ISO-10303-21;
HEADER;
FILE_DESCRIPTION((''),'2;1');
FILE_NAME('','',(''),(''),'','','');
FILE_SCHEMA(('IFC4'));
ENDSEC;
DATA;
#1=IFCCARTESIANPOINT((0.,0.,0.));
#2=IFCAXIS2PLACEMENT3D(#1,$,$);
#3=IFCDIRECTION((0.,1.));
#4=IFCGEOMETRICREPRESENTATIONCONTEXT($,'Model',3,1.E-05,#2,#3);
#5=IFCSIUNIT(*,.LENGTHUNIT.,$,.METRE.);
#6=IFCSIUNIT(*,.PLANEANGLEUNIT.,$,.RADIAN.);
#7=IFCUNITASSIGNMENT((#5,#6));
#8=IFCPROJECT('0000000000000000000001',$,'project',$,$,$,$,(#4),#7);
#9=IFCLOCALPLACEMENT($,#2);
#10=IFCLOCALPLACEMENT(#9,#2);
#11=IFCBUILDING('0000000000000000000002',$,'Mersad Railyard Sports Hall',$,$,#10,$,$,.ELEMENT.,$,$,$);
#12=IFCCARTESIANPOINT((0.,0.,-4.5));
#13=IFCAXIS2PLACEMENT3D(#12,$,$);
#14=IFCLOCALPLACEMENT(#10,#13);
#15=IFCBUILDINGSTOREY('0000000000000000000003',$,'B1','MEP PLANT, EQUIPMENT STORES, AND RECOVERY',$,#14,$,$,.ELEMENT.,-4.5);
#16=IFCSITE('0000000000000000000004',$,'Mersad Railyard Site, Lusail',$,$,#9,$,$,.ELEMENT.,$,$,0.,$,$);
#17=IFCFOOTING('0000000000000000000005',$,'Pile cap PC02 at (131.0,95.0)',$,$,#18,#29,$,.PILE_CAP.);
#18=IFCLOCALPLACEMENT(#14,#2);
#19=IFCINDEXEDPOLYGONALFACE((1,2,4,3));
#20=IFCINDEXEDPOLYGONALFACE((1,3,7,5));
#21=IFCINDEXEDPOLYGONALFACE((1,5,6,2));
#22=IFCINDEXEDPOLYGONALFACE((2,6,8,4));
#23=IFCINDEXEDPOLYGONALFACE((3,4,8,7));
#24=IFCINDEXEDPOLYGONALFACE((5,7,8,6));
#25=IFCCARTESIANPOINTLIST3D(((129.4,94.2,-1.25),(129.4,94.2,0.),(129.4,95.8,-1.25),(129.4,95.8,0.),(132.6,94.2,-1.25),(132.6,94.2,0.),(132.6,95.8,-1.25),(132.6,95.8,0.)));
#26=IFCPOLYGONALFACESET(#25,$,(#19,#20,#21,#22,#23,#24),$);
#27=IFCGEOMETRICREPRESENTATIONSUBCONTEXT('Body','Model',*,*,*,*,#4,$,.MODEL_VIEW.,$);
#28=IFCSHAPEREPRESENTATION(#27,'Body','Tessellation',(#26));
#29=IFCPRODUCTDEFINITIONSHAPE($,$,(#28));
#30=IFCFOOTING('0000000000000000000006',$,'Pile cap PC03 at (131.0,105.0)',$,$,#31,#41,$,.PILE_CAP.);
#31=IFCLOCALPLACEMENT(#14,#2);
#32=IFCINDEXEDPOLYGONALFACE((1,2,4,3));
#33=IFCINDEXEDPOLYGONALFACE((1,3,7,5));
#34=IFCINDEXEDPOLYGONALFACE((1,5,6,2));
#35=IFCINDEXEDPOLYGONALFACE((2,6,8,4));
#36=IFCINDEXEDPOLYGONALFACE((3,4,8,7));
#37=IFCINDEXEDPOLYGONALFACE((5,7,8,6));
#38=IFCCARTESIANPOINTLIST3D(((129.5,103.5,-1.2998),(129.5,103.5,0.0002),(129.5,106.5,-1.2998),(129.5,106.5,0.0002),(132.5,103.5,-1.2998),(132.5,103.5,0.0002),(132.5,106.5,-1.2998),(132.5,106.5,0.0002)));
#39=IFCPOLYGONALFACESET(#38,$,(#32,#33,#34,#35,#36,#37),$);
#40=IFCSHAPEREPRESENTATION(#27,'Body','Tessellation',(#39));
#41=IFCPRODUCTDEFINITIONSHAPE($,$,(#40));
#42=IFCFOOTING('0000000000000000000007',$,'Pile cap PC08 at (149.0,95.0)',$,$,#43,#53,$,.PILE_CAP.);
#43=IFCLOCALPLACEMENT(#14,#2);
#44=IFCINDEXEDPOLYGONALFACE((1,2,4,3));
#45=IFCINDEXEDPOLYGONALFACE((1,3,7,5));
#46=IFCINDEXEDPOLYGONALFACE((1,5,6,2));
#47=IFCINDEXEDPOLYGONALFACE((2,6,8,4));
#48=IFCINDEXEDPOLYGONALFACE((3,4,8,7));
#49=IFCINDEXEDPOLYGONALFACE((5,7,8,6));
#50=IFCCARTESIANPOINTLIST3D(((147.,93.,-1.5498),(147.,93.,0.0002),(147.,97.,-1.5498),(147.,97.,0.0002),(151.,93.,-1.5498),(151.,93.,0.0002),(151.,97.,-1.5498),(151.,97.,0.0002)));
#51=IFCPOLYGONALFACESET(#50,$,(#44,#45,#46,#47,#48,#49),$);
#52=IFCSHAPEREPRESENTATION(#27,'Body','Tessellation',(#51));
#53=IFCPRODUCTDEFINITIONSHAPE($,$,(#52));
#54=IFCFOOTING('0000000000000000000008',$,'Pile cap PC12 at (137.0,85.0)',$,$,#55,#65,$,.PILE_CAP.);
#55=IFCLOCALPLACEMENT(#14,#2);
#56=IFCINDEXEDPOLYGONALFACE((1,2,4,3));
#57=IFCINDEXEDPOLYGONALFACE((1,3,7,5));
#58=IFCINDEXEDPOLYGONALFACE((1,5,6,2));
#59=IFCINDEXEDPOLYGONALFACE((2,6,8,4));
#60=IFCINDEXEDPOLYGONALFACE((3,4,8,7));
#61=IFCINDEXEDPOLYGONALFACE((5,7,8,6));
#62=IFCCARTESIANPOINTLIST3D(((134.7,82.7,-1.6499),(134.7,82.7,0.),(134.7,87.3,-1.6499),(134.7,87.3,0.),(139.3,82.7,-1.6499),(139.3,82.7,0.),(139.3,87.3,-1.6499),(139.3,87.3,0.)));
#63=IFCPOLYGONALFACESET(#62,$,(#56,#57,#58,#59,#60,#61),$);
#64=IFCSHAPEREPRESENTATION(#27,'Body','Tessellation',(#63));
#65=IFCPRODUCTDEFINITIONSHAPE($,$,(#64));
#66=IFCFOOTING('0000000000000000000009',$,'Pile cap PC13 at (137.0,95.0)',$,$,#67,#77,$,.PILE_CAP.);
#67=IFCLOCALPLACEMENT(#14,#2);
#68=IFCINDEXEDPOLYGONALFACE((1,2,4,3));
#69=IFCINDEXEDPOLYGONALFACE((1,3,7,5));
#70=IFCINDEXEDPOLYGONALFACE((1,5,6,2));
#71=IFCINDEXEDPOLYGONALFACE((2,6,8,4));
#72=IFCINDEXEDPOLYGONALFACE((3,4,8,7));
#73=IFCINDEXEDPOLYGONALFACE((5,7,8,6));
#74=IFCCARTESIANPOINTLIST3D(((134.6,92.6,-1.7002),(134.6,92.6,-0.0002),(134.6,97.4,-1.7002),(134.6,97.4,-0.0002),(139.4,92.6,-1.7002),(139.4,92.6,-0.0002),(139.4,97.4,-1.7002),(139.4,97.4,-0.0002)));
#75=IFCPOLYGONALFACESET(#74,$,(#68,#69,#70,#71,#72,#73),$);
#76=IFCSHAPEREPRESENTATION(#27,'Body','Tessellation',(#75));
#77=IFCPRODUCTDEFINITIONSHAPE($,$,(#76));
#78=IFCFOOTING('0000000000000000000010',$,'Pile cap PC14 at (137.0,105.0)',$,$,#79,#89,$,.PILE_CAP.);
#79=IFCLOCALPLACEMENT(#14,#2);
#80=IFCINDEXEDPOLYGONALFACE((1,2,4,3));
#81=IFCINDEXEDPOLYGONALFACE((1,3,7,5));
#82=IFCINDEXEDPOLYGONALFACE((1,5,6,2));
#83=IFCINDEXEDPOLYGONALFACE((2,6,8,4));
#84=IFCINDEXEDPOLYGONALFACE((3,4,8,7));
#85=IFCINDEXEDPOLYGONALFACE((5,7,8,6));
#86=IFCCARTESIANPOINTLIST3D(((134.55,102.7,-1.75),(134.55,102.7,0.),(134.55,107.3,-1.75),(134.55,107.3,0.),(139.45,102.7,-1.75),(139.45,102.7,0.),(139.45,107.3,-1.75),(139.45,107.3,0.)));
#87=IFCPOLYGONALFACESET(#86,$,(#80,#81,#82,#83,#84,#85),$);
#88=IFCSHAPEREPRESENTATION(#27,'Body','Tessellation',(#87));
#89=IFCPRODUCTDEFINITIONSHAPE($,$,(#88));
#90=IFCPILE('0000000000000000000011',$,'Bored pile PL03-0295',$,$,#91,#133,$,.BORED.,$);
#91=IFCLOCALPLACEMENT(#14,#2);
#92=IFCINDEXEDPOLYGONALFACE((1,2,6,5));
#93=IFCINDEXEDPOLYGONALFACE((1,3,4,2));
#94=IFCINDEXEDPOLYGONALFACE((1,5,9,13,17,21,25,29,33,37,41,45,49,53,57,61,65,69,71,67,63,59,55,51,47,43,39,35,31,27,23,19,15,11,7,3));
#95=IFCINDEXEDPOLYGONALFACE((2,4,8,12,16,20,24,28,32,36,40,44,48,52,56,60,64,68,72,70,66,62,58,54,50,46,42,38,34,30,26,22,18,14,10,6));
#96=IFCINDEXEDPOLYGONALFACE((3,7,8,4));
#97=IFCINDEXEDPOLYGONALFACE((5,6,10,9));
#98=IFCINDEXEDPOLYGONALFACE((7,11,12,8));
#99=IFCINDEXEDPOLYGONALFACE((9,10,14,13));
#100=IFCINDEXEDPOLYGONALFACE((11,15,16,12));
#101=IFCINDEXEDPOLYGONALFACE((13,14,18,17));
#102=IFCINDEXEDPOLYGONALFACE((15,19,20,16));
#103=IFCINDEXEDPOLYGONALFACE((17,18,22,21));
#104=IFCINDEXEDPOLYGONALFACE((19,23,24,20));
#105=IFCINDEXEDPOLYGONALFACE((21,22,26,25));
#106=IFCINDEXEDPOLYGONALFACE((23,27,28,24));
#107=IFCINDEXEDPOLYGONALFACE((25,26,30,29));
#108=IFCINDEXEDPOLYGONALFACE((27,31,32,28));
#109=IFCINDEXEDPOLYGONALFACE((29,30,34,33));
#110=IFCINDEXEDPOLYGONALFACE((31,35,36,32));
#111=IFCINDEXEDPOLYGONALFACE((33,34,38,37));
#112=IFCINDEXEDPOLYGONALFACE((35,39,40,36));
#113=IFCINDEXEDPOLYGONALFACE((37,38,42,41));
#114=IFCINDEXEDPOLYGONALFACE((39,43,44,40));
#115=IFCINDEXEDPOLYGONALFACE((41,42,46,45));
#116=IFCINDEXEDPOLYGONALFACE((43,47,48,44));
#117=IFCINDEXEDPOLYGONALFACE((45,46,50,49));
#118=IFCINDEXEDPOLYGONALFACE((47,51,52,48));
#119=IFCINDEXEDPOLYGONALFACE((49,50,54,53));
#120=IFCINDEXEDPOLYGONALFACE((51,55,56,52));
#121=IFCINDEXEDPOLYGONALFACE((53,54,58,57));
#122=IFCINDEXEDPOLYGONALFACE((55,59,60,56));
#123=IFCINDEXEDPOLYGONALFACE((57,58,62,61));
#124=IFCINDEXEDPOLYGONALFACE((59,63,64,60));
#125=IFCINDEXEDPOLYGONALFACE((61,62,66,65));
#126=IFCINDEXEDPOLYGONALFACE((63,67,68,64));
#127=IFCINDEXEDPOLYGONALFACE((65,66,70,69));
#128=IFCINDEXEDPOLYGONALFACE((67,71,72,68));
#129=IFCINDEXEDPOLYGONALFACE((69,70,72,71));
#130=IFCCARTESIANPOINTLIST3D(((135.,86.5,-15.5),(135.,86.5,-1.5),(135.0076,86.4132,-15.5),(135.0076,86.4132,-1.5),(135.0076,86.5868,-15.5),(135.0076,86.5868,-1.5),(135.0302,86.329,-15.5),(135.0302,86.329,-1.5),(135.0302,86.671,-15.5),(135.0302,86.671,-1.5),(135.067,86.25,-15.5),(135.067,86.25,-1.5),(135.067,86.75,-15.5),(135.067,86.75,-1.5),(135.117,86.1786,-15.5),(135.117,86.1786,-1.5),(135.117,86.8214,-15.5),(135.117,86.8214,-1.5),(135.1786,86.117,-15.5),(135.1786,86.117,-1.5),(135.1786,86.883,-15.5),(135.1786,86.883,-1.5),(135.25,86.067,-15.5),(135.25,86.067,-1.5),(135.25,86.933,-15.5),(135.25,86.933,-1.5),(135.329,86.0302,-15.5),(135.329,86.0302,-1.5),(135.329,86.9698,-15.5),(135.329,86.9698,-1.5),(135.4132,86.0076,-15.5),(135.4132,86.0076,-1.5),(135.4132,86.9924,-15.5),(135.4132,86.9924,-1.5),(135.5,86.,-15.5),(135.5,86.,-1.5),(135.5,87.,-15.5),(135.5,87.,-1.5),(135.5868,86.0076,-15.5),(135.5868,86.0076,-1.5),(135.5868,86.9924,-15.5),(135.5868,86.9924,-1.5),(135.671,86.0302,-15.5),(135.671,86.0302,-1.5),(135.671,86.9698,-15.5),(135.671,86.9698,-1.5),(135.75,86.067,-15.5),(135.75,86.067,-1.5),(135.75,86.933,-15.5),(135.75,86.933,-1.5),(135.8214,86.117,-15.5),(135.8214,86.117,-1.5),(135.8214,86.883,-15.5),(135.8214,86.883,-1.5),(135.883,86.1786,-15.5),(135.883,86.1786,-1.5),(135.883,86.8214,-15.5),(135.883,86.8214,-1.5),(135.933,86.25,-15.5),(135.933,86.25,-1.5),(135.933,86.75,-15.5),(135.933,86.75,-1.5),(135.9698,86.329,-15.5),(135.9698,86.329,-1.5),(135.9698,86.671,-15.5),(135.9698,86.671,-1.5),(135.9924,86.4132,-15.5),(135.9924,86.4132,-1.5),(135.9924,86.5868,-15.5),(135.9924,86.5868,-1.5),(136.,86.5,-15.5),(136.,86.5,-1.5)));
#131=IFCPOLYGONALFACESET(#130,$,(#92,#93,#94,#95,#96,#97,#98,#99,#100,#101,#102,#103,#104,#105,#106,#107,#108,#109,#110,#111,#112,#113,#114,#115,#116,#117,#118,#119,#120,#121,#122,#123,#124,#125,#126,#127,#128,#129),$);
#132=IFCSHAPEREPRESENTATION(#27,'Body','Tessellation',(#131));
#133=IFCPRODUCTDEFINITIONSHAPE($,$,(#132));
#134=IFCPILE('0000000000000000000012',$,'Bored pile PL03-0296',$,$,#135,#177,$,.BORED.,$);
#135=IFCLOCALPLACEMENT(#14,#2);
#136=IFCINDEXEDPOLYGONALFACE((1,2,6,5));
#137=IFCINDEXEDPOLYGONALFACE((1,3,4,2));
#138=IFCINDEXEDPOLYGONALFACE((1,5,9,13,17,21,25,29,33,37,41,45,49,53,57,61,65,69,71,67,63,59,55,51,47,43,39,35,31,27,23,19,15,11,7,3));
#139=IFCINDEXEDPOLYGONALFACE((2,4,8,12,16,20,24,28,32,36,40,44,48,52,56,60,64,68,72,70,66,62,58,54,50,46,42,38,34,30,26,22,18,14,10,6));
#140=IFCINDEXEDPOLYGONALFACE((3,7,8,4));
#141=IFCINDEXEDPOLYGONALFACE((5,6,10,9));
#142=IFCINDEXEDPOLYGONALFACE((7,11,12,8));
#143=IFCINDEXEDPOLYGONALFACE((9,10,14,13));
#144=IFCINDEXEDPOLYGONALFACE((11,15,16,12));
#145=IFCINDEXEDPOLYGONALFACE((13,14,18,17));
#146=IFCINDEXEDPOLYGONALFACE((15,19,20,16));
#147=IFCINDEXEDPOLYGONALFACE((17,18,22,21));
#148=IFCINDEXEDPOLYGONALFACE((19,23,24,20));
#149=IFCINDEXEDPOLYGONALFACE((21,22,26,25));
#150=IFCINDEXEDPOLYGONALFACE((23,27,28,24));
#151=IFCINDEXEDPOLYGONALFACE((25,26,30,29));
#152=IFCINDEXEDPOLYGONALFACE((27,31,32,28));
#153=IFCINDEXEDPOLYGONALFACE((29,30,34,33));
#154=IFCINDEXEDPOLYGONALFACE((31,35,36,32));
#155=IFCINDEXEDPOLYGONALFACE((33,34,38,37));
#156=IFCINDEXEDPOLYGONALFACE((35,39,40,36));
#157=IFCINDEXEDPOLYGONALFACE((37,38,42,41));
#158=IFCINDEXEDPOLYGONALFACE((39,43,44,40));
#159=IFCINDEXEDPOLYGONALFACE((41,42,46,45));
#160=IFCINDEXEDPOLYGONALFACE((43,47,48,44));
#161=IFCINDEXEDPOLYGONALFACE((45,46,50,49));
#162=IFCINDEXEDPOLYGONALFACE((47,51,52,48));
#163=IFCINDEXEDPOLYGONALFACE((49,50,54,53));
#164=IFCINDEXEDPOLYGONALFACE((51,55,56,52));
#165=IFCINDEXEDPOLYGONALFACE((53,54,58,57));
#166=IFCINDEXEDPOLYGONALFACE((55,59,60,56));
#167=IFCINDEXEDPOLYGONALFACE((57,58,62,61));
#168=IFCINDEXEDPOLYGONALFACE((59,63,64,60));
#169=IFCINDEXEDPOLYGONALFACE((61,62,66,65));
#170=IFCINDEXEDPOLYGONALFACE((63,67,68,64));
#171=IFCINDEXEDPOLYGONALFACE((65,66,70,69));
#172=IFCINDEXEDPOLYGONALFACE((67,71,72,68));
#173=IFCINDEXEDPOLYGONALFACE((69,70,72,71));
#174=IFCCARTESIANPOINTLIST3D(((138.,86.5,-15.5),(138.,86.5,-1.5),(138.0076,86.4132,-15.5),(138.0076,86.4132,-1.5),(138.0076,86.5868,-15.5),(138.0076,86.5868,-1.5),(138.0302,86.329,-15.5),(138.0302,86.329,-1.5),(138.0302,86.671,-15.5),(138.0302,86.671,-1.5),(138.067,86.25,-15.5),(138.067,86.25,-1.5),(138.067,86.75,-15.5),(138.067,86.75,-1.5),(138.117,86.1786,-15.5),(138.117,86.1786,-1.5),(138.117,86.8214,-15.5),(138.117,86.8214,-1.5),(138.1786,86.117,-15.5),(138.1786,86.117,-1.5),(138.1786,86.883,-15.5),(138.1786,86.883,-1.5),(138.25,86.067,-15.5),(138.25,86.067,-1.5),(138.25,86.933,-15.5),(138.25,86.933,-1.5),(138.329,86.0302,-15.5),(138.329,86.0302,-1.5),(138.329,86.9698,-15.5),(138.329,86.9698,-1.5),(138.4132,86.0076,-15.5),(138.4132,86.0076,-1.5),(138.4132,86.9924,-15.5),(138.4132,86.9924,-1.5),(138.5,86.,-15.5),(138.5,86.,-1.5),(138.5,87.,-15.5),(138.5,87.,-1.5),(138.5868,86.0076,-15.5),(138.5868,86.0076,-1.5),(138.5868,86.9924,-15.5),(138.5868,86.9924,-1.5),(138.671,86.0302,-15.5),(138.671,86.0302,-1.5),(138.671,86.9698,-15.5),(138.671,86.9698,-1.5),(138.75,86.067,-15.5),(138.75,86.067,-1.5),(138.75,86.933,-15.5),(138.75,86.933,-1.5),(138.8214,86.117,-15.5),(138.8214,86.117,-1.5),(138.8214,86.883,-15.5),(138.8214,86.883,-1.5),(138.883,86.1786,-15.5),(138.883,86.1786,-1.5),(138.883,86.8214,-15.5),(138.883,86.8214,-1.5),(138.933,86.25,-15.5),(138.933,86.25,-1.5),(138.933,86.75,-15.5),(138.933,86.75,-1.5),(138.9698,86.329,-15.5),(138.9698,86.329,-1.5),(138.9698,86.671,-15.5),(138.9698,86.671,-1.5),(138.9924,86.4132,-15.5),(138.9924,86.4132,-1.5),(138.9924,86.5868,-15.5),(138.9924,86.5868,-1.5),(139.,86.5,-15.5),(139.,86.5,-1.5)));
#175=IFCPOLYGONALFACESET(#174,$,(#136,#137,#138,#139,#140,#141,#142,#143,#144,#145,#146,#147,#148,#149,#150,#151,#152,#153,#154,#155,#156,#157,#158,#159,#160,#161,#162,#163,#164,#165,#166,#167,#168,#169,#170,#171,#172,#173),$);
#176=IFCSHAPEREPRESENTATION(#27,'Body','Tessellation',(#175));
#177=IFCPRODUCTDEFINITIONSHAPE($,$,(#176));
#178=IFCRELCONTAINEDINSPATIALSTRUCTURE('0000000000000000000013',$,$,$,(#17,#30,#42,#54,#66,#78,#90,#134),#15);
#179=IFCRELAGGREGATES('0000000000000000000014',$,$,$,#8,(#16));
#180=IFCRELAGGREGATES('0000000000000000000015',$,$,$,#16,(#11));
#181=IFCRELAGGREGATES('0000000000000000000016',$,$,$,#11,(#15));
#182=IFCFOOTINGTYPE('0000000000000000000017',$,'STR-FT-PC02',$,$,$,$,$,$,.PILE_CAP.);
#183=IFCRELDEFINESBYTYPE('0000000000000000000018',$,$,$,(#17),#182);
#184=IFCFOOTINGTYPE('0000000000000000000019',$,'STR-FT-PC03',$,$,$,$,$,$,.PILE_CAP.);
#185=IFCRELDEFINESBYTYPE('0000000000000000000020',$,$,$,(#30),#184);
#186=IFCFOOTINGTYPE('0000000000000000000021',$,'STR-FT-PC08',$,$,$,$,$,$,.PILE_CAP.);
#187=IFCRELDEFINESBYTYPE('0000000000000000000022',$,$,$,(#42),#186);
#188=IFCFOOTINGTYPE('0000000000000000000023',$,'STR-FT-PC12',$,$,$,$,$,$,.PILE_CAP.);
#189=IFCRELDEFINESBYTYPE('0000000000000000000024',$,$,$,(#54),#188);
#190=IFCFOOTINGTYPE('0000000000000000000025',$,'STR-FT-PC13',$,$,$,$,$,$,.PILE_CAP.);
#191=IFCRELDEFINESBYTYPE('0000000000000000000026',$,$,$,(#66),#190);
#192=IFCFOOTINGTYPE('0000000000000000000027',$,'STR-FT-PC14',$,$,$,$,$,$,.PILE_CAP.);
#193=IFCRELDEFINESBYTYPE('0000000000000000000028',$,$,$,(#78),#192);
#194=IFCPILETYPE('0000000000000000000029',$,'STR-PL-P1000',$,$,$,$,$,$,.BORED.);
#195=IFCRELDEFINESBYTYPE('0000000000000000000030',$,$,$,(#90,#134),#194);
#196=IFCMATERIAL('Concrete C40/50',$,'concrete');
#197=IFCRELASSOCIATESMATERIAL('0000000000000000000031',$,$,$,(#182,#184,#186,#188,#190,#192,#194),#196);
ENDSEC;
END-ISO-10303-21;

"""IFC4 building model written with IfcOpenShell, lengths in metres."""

from ifc_helpers import new_model, si_unit, direction, frame, origin, origin_2d, place, context, subcontext, project, spatial, rectangle, circle, extrude, material, material_profile, profile_set, type_object, element, save


model = new_model("IFC4")

# Units and contexts
model_context = context("Model", 3, precision=1e-05, world=origin(), true_north=direction((0.0, 1.0)))
body_context = subcontext(model_context, "Body", "Model", "MODEL_VIEW")
ifc_project = project(units=[si_unit("LENGTHUNIT", "METRE"), si_unit("PLANEANGLEUNIT", "RADIAN")], contexts=[model_context])

# Site, building, storey
site_placement = place(None, origin())
site = spatial("IfcSite", under=ifc_project, at=site_placement, Name="Mersad Railyard Site, Lusail", CompositionType="ELEMENT", RefElevation=0.0)
building_placement = place(site_placement, origin())
building = spatial("IfcBuilding", under=site, at=building_placement, Name="Mersad Railyard Sports Hall", CompositionType="ELEMENT")
storey_placement = place(building_placement, frame((0.0, 0.0, -4.5)))
storey = spatial("IfcBuildingStorey", under=building, at=storey_placement, Name="B1", Description="MEP PLANT, EQUIPMENT STORES, AND RECOVERY", CompositionType="ELEMENT", Elevation=-4.5)

# Footings
ifc_material_1 = material(Name="Concrete C40/50", Category="concrete")
footing_type_1 = type_object("IfcFootingType", Name="STR-FT-PC02", PredefinedType="PILE_CAP", material=ifc_material_1)
footing_1_placement = place(storey_placement, frame((131.0, 95.0, -1.25), z_axis=(0.0, 0.0, 1.0), x_axis=(1.0, 0.0, 0.0)))
element("IfcFooting", 1, at=footing_1_placement, inside=storey, type_object=footing_type_1, Name="Pile cap PC02 at (131.0,95.0)", PredefinedType="PILE_CAP", context=body_context, shape_type="SweptSolid", body=[
    extrude(rectangle(XDim=3.2, YDim=1.6001, at=origin_2d()), origin(), (0.0, 0.0, 1.0), 1.25),
])
footing_type_2 = type_object("IfcFootingType", Name="STR-FT-PC03", PredefinedType="PILE_CAP", material=ifc_material_1)
footing_2_placement = place(storey_placement, frame((131.0, 105.0, -1.2998), z_axis=(0.0, 0.0, 1.0), x_axis=(1.0, 0.0, 0.0)))
element("IfcFooting", 2, at=footing_2_placement, inside=storey, type_object=footing_type_2, Name="Pile cap PC03 at (131.0,105.0)", PredefinedType="PILE_CAP", context=body_context, shape_type="SweptSolid", body=[
    extrude(rectangle(XDim=3.0, YDim=3.0, at=origin_2d()), origin(), (0.0, 0.0, 1.0), 1.3),
])
footing_type_3 = type_object("IfcFootingType", Name="STR-FT-PC08", PredefinedType="PILE_CAP", material=ifc_material_1)
footing_3_placement = place(storey_placement, frame((149.0, 95.0, -1.5498), z_axis=(0.0, 0.0, 1.0), x_axis=(1.0, 0.0, 0.0)))
element("IfcFooting", 3, at=footing_3_placement, inside=storey, type_object=footing_type_3, Name="Pile cap PC08 at (149.0,95.0)", PredefinedType="PILE_CAP", context=body_context, shape_type="SweptSolid", body=[
    extrude(rectangle(XDim=4.0, YDim=4.0, at=origin_2d()), origin(), (0.0, 0.0, 1.0), 1.55),
])
footing_type_4 = type_object("IfcFootingType", Name="STR-FT-PC12", PredefinedType="PILE_CAP", material=ifc_material_1)
footing_4_placement = place(storey_placement, frame((137.0, 85.0, -1.6499), z_axis=(0.0, 0.0, 1.0), x_axis=(1.0, 0.0, 0.0)))
element("IfcFooting", 4, at=footing_4_placement, inside=storey, type_object=footing_type_4, Name="Pile cap PC12 at (137.0,85.0)", PredefinedType="PILE_CAP", context=body_context, shape_type="SweptSolid", body=[
    extrude(rectangle(XDim=4.6001, YDim=4.6001, at=origin_2d()), origin(), (0.0, 0.0, 1.0), 1.6499),
])
footing_type_5 = type_object("IfcFootingType", Name="STR-FT-PC13", PredefinedType="PILE_CAP", material=ifc_material_1)
footing_5_placement = place(storey_placement, frame((137.0, 95.0, -1.7002), z_axis=(0.0, 0.0, 1.0), x_axis=(1.0, 0.0, 0.0)))
element("IfcFooting", 5, at=footing_5_placement, inside=storey, type_object=footing_type_5, Name="Pile cap PC13 at (137.0,95.0)", PredefinedType="PILE_CAP", context=body_context, shape_type="SweptSolid", body=[
    extrude(rectangle(XDim=4.8, YDim=4.8, at=origin_2d()), origin(), (0.0, 0.0, 1.0), 1.7),
])
footing_type_6 = type_object("IfcFootingType", Name="STR-FT-PC14", PredefinedType="PILE_CAP", material=ifc_material_1)
footing_6_placement = place(storey_placement, frame((137.0, 105.0, -1.75), z_axis=(0.0, 0.0, 1.0), x_axis=(1.0, 0.0, 0.0)))
element("IfcFooting", 6, at=footing_6_placement, inside=storey, type_object=footing_type_6, Name="Pile cap PC14 at (137.0,105.0)", PredefinedType="PILE_CAP", context=body_context, shape_type="SweptSolid", body=[
    extrude(rectangle(XDim=4.8999, YDim=4.6001, at=origin_2d()), origin(), (0.0, 0.0, 1.0), 1.75),
])

# Piles
ifc_material_profile_1 = material_profile(ifc_material_1, circle(Radius=0.5, at=origin_2d()), Name="BORED PILE D1000")
ifc_profile_set_1 = profile_set([ifc_material_profile_1], Name="Concrete C40/50")
pile_type_1 = type_object("IfcPileType", Name="STR-PL-P1000", PredefinedType="BORED", material=ifc_profile_set_1)
for number, where, z_axis, x_axis, name in (
    (7, (135.5, 86.5, -1.5), (0.0, 0.0, -1.0), (1.0, 0.0, 0.0), "Bored pile PL03-0295"),
    (8, (138.5, 86.5, -1.5), (0.0, 0.0, -1.0), (1.0, 0.0, 0.0), "Bored pile PL03-0296"),
):
    element("IfcPile", number, at=place(storey_placement, frame(where, z_axis=z_axis, x_axis=x_axis)), inside=storey, type_object=pile_type_1, Name=name, PredefinedType="BORED", context=body_context, shape_type="SweptSolid", body=[
        extrude(circle(Radius=0.5, at=origin_2d()), origin(), (0.0, 0.0, 1.0), 14.0),
    ])

save(model, "model.ifc")
